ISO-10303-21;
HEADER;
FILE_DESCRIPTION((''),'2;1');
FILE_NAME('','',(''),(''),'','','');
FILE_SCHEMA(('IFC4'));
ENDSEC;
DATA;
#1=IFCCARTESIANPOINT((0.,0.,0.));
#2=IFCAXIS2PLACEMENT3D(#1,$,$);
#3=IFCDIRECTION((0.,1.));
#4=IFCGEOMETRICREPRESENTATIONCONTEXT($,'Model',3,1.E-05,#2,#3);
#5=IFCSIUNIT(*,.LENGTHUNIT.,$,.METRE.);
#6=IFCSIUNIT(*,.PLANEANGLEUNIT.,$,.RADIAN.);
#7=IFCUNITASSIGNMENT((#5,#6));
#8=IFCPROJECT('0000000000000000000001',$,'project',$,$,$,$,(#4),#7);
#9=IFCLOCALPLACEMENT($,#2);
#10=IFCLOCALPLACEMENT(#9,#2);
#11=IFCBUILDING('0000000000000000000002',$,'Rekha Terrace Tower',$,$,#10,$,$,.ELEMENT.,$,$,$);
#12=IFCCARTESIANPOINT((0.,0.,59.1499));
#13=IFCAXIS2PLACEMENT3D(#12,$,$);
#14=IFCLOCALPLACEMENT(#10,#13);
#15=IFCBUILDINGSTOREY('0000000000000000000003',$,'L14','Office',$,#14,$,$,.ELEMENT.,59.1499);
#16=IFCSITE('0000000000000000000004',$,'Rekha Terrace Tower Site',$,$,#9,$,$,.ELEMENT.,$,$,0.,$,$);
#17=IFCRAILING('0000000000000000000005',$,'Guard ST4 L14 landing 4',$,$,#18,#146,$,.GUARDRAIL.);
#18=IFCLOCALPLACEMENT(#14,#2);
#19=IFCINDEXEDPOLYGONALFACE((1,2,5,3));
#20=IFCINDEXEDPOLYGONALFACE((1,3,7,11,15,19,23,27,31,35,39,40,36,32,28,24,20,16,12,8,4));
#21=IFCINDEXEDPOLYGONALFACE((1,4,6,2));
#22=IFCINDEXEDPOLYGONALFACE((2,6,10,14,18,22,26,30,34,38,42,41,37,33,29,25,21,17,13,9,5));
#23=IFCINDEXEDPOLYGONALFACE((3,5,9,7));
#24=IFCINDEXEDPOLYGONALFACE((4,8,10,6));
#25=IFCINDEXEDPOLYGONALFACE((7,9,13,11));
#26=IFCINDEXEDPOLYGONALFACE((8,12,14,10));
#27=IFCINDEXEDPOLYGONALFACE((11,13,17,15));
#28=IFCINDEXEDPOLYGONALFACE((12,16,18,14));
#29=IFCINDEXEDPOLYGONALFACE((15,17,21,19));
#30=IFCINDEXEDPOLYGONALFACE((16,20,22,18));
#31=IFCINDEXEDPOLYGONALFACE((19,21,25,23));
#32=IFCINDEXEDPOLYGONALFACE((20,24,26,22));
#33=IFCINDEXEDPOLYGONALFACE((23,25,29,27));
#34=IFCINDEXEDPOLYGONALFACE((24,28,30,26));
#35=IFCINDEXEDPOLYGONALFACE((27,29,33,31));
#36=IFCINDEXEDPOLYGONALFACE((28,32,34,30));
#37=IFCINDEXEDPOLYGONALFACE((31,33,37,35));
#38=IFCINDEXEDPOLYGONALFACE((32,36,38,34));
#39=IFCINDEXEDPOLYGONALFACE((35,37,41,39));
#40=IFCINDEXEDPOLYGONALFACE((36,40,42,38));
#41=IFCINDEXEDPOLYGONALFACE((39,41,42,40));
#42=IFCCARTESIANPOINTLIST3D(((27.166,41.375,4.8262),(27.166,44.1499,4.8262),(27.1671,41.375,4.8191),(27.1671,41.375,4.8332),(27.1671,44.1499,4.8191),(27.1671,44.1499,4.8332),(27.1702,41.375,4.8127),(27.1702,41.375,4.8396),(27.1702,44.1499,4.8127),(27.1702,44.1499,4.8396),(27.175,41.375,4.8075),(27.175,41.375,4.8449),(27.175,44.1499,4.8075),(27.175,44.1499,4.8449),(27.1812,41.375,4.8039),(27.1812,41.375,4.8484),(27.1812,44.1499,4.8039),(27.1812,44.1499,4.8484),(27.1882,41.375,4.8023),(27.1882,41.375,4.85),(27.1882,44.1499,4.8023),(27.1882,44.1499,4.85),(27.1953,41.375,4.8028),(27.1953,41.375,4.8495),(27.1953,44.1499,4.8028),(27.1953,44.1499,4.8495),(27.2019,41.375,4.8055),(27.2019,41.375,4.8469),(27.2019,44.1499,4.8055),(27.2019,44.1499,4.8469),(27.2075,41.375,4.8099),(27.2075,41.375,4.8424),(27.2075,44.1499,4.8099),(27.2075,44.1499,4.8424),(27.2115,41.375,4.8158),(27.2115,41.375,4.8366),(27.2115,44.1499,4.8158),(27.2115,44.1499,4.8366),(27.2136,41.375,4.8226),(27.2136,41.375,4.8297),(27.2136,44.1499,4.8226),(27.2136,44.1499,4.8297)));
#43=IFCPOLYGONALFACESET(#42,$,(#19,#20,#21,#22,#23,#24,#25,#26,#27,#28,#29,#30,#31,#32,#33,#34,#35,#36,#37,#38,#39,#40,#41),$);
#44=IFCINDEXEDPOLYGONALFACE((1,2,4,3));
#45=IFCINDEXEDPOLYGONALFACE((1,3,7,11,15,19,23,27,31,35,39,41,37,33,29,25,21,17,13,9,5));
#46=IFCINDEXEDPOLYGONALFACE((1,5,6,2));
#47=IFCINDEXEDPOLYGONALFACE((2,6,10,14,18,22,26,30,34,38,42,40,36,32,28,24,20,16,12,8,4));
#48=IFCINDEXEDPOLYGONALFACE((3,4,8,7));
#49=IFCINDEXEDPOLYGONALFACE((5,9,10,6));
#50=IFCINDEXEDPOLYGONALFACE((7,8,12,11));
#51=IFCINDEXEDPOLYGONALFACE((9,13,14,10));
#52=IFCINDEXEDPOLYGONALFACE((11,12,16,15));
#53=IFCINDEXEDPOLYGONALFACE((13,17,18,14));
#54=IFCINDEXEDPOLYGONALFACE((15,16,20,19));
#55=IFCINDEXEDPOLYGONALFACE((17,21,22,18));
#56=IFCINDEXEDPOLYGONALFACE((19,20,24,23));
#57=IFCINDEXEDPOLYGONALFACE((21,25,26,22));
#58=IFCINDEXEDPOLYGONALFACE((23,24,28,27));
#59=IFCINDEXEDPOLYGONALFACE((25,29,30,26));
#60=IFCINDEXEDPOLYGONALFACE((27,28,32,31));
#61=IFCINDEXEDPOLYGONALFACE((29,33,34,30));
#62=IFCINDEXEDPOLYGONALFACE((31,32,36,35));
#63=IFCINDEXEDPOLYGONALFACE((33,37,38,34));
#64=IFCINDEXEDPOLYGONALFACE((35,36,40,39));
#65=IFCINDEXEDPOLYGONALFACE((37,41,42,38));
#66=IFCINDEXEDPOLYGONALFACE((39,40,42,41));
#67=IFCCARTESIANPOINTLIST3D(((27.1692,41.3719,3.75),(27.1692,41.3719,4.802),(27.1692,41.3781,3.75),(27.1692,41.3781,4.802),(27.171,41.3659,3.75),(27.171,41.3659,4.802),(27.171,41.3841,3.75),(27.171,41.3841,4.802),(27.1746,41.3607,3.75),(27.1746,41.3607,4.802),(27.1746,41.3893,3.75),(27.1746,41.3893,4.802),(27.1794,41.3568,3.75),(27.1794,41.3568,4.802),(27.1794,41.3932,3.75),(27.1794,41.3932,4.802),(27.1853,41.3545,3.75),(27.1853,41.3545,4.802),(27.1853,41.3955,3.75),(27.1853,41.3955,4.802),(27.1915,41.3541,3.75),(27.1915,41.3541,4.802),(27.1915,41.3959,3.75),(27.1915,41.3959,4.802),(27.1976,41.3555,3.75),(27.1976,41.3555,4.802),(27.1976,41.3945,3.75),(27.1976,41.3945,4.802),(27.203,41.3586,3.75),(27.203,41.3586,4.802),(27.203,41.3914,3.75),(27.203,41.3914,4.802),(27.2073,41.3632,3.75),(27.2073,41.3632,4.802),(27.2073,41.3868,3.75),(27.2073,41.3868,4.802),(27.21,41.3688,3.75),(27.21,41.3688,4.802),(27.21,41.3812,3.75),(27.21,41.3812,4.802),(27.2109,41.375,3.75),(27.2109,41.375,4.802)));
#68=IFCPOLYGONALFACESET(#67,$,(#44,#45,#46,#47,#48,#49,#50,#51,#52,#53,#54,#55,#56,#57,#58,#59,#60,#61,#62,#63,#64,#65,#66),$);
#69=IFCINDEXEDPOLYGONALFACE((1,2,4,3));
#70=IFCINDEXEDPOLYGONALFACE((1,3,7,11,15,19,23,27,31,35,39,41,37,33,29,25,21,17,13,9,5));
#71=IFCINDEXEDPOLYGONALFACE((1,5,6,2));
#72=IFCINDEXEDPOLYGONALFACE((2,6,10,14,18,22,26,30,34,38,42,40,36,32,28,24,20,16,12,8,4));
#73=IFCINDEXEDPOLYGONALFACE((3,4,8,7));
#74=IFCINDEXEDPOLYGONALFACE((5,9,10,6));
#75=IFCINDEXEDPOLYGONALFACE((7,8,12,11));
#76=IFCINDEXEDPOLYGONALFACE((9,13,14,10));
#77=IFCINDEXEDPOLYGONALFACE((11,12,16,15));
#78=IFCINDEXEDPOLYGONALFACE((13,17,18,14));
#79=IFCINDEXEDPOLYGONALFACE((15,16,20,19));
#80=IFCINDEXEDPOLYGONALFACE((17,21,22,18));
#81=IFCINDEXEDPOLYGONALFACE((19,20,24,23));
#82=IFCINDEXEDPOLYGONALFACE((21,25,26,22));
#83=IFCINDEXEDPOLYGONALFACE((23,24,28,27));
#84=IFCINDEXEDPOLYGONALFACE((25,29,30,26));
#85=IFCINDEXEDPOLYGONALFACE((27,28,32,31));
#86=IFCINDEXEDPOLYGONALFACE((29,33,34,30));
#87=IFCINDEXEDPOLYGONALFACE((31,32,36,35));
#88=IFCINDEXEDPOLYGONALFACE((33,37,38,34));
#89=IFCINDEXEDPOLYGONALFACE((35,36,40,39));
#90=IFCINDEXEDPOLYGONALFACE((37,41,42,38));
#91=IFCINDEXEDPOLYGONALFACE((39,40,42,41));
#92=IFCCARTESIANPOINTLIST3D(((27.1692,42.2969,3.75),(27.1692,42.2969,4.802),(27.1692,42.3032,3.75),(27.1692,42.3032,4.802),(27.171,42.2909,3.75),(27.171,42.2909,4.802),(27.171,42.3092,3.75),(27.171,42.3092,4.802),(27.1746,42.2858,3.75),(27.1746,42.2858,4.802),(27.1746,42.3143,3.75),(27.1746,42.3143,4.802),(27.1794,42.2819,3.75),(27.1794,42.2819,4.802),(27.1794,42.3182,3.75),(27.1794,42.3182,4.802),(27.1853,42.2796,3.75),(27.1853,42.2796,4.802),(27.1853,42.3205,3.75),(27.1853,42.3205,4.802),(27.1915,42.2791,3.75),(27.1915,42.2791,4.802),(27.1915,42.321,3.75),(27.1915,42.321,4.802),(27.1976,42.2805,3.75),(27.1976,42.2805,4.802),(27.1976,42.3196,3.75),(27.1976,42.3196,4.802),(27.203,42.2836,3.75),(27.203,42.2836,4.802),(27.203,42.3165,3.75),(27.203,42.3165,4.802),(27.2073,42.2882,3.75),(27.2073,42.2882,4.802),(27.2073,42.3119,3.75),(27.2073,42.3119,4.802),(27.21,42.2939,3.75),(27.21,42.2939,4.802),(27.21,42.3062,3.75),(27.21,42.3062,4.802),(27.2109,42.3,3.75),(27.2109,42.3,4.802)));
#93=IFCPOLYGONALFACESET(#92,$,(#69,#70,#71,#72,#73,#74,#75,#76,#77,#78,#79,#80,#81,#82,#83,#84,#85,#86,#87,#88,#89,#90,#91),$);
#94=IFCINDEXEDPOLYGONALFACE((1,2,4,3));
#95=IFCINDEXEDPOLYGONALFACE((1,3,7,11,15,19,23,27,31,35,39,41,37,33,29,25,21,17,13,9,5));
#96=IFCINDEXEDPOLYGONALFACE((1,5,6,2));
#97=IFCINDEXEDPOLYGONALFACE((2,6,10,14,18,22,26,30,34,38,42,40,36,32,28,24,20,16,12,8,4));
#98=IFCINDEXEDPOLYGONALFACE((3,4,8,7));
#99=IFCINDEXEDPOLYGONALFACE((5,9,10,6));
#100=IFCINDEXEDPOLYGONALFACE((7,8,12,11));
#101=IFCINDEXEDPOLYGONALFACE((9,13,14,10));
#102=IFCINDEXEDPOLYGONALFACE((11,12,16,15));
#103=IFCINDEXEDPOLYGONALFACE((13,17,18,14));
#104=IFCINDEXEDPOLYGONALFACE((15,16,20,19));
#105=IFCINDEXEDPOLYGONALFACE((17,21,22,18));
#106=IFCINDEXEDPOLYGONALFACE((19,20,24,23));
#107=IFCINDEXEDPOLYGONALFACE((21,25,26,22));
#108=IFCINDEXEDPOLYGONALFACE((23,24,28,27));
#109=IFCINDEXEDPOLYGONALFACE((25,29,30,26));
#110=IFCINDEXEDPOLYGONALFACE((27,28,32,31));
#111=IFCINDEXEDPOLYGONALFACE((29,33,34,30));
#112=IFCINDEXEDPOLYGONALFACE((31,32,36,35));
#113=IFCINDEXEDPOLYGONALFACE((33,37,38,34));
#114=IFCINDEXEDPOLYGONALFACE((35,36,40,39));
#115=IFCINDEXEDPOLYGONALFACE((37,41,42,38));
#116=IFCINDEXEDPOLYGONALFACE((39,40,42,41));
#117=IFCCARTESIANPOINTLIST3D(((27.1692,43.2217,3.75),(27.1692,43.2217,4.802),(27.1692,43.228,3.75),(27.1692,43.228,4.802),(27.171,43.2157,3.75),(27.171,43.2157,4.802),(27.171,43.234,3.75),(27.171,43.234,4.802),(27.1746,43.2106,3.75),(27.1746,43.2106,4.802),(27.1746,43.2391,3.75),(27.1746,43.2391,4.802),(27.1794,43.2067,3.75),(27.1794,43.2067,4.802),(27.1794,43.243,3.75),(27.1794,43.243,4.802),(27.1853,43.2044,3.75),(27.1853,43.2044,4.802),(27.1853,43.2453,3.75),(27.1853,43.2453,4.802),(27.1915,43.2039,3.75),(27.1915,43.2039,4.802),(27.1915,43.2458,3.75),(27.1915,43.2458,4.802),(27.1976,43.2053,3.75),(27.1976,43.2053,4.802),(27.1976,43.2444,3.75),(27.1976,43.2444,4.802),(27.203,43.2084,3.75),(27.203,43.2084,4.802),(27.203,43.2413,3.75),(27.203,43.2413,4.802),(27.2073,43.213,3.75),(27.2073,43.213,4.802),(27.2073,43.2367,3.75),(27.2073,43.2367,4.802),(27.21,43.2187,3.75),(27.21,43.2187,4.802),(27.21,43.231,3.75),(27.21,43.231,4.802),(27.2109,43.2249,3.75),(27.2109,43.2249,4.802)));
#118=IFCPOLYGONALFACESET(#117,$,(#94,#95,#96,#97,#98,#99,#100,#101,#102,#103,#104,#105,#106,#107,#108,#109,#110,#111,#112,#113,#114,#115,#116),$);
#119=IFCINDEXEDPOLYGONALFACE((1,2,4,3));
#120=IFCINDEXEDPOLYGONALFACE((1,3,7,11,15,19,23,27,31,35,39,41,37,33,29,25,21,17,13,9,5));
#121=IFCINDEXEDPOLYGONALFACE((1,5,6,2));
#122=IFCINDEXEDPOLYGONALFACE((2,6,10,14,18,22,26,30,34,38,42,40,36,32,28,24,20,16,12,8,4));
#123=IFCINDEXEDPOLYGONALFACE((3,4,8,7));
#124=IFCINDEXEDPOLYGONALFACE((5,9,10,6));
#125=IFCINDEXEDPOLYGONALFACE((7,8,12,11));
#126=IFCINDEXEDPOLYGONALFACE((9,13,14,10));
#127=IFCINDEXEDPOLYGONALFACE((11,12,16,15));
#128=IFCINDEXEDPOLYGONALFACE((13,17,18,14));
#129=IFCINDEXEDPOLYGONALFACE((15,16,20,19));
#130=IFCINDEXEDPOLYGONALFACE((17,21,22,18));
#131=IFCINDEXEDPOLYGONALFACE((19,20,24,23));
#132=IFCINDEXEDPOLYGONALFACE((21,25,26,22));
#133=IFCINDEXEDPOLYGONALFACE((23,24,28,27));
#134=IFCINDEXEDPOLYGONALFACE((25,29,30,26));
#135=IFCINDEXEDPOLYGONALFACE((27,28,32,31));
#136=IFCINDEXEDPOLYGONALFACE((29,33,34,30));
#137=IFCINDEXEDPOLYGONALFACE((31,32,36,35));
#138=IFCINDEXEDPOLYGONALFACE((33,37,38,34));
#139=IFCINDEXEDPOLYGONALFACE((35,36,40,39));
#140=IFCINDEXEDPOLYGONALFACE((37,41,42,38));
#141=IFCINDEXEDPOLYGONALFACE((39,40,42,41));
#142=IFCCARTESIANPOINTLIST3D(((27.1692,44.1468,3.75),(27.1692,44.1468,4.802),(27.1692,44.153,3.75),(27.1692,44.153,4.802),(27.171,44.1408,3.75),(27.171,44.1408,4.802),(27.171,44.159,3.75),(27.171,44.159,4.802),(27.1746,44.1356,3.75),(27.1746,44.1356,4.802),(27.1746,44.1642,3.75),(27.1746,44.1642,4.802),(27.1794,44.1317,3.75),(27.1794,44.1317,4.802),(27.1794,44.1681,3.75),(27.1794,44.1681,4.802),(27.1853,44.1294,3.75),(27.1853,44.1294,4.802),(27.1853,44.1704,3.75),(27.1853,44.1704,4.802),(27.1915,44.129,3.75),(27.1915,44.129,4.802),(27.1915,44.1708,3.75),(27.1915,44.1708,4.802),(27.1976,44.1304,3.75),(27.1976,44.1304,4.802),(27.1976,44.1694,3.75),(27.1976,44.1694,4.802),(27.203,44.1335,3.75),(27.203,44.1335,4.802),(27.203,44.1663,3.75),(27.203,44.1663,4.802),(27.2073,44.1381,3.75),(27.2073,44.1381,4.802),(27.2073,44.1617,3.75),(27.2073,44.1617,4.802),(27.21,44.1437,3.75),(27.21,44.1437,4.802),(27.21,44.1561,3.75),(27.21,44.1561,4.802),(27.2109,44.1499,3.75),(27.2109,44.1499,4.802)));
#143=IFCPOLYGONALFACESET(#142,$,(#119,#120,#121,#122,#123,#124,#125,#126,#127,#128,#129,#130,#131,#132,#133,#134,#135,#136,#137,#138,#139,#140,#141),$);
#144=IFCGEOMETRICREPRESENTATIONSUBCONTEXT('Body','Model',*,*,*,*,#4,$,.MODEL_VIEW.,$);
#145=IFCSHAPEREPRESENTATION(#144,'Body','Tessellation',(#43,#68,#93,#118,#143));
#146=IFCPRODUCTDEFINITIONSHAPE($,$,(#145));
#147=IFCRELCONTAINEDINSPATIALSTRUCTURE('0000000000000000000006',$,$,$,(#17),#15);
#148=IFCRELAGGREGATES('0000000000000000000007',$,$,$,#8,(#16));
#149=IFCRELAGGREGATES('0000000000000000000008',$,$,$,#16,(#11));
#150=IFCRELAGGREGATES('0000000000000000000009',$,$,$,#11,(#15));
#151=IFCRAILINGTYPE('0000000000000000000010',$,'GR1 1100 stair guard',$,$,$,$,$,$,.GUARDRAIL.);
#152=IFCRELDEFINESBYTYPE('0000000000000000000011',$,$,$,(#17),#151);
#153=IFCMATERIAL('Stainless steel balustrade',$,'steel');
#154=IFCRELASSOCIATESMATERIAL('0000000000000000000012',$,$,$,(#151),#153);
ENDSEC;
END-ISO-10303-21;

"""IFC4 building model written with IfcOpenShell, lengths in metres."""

from ifc_helpers import new_model, si_unit, direction, frame, origin, origin_2d, place, context, subcontext, project, spatial, circle, extrude, material, type_object, element, save


model = new_model("IFC4")

# Units and contexts
model_context = context("Model", 3, precision=1e-05, world=origin(), true_north=direction((0.0, 1.0)))
body_context = subcontext(model_context, "Body", "Model", "MODEL_VIEW")
ifc_project = project(units=[si_unit("LENGTHUNIT", "METRE"), si_unit("PLANEANGLEUNIT", "RADIAN")], contexts=[model_context])

# Site, building, storey
site_placement = place(None, origin())
site = spatial("IfcSite", under=ifc_project, at=site_placement, Name="Rekha Terrace Tower Site", CompositionType="ELEMENT", RefElevation=0.0)
building_placement = place(site_placement, origin())
building = spatial("IfcBuilding", under=site, at=building_placement, Name="Rekha Terrace Tower", CompositionType="ELEMENT")
storey_placement = place(building_placement, frame((0.0, 0.0, 59.1499)))
storey = spatial("IfcBuildingStorey", under=building, at=storey_placement, Name="L14", Description="Office", CompositionType="ELEMENT", Elevation=59.1499)

# Railing
ifc_material_1 = material(Name="Stainless steel balustrade", Category="steel")
railing_type_1 = type_object("IfcRailingType", Name="GR1 1100 stair guard", PredefinedType="GUARDRAIL", material=ifc_material_1)
railing_1_placement = place(storey_placement, frame((27.1899, 41.375, 3.75)))
element("IfcRailing", 1, at=railing_1_placement, inside=storey, type_object=railing_type_1, Name="Guard ST4 L14 landing 4", PredefinedType="GUARDRAIL", context=body_context, shape_type="SweptSolid", body=[
    extrude(circle(Radius=0.0239, at=origin_2d()), frame((0.0, 0.0, 1.0762), z_axis=(0.0, 1.0, 0.0), x_axis=(-1.0, 0.0, 0.0)), (0.0, 0.0, 1.0), 2.7749),
    extrude(circle(Radius=0.021, at=origin_2d()), origin(), (0.0, 0.0, 1.0), 1.052),
    extrude(circle(Radius=0.021, at=origin_2d()), frame((0.0, 0.925, 0.0)), (0.0, 0.0, 1.0), 1.052),
    extrude(circle(Radius=0.021, at=origin_2d()), frame((0.0, 1.8499, 0.0)), (0.0, 0.0, 1.0), 1.052),
    extrude(circle(Radius=0.021, at=origin_2d()), frame((0.0, 2.7749, 0.0)), (0.0, 0.0, 1.0), 1.052),
])

save(model, "model.ifc")
